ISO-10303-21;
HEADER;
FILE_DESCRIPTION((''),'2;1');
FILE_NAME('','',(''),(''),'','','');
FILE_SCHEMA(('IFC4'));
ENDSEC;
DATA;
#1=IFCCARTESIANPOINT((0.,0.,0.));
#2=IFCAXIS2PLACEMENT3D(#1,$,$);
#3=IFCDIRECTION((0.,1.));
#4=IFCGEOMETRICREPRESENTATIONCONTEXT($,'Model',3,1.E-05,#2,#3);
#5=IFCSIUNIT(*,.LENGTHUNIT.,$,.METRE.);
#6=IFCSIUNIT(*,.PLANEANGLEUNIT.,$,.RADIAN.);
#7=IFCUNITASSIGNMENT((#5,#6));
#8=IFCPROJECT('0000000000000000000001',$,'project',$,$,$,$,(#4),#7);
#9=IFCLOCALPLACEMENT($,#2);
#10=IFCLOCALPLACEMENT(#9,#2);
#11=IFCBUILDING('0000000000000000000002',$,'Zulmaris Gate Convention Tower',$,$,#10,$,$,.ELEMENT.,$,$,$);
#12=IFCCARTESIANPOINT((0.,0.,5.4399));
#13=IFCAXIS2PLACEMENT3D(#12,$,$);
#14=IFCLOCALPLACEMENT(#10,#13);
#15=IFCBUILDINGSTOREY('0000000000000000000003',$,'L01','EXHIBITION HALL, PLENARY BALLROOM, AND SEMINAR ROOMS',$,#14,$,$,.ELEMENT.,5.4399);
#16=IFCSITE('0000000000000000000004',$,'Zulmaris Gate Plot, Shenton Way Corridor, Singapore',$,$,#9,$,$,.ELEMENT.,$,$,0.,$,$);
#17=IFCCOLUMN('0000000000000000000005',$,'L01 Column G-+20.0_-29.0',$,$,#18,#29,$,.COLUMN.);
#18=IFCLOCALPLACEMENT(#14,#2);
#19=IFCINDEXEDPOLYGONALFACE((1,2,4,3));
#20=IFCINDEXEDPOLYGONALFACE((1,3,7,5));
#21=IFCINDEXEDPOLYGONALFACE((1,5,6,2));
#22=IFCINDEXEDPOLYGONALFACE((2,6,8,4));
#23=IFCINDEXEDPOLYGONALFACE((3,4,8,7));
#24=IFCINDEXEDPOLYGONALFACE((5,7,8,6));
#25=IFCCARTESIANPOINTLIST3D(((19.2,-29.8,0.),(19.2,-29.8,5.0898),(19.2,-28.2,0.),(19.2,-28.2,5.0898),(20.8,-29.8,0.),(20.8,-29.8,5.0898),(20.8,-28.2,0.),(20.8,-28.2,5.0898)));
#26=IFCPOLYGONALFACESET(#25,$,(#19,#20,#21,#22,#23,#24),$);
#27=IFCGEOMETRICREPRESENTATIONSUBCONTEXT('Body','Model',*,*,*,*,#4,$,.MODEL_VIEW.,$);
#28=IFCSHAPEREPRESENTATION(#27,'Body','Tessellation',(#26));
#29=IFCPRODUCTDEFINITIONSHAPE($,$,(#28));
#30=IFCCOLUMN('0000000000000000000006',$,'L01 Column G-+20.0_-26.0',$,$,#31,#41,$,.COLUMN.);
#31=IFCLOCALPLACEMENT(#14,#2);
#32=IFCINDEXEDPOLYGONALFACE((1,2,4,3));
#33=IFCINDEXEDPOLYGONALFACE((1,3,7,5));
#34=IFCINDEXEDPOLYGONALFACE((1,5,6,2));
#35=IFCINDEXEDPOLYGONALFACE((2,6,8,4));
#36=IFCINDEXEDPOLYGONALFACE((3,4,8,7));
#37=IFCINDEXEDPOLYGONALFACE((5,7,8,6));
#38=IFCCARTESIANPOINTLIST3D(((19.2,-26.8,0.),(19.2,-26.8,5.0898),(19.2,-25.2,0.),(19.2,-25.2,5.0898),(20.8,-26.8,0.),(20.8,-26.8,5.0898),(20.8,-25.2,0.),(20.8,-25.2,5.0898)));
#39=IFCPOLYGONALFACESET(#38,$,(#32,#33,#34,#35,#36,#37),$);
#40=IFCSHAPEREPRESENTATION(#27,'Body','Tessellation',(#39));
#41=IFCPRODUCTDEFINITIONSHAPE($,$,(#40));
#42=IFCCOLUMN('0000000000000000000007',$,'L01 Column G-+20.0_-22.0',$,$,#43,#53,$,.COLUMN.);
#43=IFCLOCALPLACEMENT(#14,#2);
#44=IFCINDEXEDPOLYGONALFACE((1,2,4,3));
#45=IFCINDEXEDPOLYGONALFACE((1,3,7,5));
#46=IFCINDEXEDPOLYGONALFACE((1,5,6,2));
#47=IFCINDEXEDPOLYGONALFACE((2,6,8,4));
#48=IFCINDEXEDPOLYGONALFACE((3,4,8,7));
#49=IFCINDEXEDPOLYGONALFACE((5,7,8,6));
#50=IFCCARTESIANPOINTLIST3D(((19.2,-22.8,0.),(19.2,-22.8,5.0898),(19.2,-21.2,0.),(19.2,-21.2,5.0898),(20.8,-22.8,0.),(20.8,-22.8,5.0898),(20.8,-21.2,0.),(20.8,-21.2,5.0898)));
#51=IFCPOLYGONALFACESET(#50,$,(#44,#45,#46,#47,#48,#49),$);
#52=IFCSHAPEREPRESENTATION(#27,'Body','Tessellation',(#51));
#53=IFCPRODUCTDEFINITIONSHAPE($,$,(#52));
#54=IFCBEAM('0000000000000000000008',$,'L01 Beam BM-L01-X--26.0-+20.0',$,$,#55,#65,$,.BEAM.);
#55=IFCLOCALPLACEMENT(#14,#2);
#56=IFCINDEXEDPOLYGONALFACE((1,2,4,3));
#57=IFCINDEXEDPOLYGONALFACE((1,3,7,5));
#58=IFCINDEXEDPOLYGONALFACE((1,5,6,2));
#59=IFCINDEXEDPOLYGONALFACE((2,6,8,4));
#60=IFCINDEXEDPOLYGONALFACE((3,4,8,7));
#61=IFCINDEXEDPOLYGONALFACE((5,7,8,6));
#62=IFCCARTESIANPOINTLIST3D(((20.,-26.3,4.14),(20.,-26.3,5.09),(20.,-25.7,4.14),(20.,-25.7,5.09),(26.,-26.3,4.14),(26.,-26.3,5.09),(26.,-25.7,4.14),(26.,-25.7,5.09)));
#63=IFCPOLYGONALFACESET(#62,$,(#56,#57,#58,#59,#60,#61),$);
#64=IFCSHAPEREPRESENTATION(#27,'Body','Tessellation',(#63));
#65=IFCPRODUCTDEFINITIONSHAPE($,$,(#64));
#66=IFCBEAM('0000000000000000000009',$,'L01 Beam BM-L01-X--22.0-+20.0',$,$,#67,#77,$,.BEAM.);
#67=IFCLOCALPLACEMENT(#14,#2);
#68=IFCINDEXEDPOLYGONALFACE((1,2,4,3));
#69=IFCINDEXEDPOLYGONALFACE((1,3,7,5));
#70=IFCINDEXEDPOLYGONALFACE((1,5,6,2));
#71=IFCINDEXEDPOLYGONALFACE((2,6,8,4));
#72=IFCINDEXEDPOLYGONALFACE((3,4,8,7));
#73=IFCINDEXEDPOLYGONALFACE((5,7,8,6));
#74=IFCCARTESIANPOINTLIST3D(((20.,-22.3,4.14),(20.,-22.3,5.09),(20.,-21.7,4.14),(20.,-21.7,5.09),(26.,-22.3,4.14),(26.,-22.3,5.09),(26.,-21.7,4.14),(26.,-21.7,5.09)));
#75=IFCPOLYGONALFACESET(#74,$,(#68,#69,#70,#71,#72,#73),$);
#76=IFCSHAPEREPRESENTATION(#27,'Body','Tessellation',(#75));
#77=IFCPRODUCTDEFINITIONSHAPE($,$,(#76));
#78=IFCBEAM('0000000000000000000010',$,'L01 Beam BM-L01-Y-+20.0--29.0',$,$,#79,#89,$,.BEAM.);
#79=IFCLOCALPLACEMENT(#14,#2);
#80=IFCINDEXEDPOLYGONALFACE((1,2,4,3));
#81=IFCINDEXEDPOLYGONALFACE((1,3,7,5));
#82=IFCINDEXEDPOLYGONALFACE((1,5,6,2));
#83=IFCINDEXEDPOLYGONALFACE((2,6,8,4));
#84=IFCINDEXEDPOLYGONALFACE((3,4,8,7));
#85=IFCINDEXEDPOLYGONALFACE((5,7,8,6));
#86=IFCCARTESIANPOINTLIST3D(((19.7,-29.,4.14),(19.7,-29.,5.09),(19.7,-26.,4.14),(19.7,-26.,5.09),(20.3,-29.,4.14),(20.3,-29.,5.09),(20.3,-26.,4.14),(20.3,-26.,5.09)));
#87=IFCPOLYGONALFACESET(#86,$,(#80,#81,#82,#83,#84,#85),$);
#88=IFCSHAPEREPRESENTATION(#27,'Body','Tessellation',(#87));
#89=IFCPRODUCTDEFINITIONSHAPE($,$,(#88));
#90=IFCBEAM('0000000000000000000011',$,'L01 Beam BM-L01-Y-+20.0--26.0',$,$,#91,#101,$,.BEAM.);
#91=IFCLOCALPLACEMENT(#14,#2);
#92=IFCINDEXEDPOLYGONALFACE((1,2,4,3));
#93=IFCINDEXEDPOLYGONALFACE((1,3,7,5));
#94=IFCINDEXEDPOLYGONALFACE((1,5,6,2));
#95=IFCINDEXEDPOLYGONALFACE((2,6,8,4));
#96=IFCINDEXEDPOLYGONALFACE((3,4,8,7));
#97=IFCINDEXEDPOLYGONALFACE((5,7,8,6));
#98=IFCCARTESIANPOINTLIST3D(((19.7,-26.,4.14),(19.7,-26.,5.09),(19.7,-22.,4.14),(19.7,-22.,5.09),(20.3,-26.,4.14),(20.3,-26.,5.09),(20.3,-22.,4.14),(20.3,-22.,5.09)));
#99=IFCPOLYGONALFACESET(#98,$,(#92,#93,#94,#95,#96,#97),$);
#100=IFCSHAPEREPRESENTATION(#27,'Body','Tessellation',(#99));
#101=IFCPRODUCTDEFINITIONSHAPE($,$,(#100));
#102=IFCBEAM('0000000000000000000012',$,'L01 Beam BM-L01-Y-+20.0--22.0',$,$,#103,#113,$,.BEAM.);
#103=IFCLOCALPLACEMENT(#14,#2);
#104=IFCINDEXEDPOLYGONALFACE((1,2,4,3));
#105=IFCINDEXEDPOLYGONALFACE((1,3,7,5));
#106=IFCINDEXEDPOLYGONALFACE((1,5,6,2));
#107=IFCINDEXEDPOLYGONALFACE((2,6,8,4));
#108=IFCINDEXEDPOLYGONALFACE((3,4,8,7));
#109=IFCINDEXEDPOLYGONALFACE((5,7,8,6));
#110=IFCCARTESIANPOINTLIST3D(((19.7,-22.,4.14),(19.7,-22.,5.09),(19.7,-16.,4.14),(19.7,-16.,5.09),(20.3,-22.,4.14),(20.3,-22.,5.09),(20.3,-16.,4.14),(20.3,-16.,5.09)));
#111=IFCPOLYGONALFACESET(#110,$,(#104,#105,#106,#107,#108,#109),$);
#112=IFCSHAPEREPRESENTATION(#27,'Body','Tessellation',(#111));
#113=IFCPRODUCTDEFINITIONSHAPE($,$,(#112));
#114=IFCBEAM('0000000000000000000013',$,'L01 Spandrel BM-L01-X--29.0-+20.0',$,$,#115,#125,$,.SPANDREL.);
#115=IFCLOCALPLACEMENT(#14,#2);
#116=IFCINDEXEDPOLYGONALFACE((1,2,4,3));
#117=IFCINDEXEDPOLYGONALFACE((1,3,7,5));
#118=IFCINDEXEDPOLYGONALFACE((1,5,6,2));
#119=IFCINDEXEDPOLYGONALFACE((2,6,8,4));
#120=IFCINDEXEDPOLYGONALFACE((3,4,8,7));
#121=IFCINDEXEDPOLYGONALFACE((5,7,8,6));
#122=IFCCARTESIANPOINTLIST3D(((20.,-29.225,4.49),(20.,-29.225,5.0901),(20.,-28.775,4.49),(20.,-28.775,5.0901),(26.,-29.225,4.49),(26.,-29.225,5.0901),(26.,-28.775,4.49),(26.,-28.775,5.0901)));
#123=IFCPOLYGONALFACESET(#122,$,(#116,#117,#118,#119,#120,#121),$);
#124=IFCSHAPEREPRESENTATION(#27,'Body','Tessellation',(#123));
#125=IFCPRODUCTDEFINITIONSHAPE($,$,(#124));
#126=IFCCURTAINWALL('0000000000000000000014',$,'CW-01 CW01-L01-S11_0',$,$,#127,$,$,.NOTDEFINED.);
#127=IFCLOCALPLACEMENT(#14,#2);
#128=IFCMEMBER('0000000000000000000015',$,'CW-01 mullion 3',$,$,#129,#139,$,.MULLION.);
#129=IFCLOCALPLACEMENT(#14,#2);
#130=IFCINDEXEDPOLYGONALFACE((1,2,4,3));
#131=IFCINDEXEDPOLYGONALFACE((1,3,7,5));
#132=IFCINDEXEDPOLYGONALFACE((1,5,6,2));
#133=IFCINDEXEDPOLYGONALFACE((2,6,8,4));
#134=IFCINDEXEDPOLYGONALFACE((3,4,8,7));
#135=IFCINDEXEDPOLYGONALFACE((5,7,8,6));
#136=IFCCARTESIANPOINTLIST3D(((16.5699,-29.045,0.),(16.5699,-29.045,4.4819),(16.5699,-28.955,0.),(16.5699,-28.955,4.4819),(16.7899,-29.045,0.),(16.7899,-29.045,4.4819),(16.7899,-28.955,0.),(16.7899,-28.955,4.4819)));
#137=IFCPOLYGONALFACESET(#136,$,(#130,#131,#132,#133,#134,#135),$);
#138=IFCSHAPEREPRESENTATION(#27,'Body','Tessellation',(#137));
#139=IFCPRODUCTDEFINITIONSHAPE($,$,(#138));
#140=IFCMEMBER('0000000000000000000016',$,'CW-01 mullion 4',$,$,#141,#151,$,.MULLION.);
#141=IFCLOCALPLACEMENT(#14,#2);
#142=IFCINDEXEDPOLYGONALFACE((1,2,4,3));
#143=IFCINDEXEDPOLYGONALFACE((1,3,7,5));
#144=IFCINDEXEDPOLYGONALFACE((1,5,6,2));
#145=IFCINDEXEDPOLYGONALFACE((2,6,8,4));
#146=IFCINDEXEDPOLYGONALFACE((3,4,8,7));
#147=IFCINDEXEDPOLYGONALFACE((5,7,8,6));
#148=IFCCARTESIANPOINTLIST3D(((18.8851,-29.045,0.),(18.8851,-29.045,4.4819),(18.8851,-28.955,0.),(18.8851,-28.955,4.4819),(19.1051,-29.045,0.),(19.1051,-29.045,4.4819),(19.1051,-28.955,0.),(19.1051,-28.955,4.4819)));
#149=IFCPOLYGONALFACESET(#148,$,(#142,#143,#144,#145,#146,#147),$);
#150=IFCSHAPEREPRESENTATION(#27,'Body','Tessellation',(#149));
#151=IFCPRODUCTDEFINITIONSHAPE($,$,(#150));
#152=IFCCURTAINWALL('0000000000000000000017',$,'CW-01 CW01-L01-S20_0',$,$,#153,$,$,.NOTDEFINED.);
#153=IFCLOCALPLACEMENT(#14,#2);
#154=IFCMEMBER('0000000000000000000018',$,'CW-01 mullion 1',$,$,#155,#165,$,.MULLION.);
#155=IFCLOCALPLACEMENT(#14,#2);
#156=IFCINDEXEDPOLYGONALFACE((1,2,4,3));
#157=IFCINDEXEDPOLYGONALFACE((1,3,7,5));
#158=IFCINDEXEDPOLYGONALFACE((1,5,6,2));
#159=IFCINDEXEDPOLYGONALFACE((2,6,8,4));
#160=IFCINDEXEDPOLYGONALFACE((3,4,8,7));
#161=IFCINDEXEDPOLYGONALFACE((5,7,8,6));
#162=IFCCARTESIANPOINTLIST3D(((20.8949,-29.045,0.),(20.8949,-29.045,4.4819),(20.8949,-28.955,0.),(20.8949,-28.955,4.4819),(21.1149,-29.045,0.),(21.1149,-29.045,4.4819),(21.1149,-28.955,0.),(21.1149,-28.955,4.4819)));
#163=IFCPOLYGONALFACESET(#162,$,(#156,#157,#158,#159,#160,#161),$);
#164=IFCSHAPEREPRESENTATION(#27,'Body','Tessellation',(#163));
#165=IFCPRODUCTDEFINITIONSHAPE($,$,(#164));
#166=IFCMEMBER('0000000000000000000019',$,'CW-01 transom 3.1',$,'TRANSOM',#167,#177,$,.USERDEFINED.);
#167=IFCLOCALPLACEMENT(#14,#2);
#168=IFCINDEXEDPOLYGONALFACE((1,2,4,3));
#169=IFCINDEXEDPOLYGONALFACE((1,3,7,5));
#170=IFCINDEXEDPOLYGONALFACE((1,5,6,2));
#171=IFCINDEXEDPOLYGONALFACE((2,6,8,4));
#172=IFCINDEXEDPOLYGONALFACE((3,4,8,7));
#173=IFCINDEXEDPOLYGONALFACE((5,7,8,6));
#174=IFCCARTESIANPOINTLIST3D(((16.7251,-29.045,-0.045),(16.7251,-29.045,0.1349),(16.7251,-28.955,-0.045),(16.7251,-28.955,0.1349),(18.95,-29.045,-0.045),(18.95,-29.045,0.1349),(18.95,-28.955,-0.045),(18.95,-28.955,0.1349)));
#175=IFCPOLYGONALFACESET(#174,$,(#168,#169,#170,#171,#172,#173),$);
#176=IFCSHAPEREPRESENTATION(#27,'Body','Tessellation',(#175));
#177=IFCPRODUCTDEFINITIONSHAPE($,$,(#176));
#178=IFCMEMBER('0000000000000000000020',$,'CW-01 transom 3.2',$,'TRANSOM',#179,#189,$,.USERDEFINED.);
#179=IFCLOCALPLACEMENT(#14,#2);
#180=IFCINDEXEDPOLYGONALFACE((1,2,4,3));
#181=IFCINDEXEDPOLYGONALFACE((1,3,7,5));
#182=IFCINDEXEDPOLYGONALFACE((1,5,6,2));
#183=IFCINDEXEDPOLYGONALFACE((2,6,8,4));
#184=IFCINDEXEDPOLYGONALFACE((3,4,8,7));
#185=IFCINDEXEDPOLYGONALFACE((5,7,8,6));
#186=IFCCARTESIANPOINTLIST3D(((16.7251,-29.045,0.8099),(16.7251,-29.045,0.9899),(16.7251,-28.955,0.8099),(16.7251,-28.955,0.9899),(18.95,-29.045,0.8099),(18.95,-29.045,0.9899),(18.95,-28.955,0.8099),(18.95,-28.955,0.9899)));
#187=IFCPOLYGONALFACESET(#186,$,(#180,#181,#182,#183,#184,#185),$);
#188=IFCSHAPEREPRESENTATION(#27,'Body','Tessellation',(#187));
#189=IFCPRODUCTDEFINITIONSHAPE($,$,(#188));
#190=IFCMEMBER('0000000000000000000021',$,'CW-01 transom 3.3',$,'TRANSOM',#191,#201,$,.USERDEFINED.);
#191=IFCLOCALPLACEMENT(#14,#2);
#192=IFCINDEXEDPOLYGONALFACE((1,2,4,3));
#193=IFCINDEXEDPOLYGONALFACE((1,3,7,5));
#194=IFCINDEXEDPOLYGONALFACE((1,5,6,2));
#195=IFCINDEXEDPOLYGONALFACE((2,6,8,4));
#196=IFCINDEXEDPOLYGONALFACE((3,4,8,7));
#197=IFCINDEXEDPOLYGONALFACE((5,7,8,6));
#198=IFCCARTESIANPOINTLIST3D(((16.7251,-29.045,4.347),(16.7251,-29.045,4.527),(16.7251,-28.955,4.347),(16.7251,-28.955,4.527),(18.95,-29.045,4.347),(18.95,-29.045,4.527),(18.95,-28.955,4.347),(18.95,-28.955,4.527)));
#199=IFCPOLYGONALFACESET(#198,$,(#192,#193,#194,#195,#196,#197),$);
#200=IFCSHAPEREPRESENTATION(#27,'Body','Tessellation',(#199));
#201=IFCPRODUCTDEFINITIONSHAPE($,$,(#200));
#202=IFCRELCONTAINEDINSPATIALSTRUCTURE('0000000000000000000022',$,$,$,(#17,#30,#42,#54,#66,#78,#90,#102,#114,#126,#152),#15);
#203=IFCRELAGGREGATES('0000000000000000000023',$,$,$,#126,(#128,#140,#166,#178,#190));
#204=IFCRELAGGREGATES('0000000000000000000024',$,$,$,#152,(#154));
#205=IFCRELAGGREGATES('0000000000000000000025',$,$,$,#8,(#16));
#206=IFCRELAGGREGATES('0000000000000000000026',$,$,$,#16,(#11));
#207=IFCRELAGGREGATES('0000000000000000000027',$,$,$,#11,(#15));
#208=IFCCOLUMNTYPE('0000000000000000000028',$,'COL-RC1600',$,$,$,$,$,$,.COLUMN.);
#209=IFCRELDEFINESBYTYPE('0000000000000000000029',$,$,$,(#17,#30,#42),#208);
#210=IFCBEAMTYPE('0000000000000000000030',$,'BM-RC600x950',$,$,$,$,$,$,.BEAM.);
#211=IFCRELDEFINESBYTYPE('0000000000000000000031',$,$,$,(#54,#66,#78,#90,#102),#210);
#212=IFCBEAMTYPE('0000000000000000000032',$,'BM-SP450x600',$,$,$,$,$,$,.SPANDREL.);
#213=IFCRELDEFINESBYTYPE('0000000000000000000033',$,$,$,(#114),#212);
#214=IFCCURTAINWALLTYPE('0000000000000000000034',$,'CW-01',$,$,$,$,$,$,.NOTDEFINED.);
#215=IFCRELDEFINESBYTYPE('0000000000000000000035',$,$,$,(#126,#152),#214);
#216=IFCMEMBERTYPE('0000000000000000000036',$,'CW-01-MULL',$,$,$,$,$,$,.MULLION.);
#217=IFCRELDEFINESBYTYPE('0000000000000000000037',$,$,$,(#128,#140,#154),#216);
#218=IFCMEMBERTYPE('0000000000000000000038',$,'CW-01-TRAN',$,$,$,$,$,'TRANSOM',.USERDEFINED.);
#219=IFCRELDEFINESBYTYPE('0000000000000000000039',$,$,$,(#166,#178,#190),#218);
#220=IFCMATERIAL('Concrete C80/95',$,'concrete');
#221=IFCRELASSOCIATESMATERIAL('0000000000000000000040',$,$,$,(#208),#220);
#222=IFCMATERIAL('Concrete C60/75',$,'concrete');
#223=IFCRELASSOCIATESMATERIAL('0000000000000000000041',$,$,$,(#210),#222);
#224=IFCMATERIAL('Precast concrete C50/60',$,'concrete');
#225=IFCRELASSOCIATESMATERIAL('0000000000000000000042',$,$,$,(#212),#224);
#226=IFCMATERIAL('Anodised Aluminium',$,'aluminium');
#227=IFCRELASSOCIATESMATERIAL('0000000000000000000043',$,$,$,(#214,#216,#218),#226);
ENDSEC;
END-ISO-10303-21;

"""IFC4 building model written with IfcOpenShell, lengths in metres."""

from ifc_helpers import new_model, si_unit, direction, frame, origin, origin_2d, place, context, subcontext, project, spatial, rectangle, extrude, material, material_profile, profile_set, type_object, element, aggregate, save


model = new_model("IFC4")

# Units and contexts
model_context = context("Model", 3, precision=1e-05, world=origin(), true_north=direction((0.0, 1.0)))
body_context = subcontext(model_context, "Body", "Model", "MODEL_VIEW")
ifc_project = project(units=[si_unit("LENGTHUNIT", "METRE"), si_unit("PLANEANGLEUNIT", "RADIAN")], contexts=[model_context])

# Site, building, storey
site_placement = place(None, origin())
site = spatial("IfcSite", under=ifc_project, at=site_placement, Name="Zulmaris Gate Plot, Shenton Way Corridor, Singapore", CompositionType="ELEMENT", RefElevation=0.0)
building_placement = place(site_placement, origin())
building = spatial("IfcBuilding", under=site, at=building_placement, Name="Zulmaris Gate Convention Tower", CompositionType="ELEMENT")
storey_placement = place(building_placement, frame((0.0, 0.0, 5.4399)))
storey = spatial("IfcBuildingStorey", under=building, at=storey_placement, Name="L01", Description="EXHIBITION HALL, PLENARY BALLROOM, AND SEMINAR ROOMS", CompositionType="ELEMENT", Elevation=5.4399)

# Columns
ifc_material_1 = material(Name="Concrete C80/95", Category="concrete")
ifc_material_profile_1 = material_profile(ifc_material_1, rectangle(XDim=1.6001, YDim=1.6001, at=origin_2d()), Name="RC COL 1600x1600")
ifc_profile_set_1 = profile_set([ifc_material_profile_1], Name="Concrete C80/95")
column_type = type_object("IfcColumnType", Name="COL-RC1600", PredefinedType="COLUMN", material=ifc_profile_set_1)
for number, where, z_axis, x_axis, name in (
    (1, (20.0, -29.0, 0.0), (0.0, 0.0, 1.0), (1.0, 0.0, 0.0), "L01 Column G-+20.0_-29.0"),
    (2, (20.0, -26.0, 0.0), (0.0, 0.0, 1.0), (1.0, 0.0, 0.0), "L01 Column G-+20.0_-26.0"),
    (3, (20.0, -22.0, 0.0), (0.0, 0.0, 1.0), (1.0, 0.0, 0.0), "L01 Column G-+20.0_-22.0"),
):
    element("IfcColumn", number, at=place(storey_placement, frame(where, z_axis=z_axis, x_axis=x_axis)), inside=storey, type_object=column_type, Name=name, PredefinedType="COLUMN", context=body_context, shape_type="SweptSolid", body=[
        extrude(rectangle(XDim=1.6001, YDim=1.6001, at=origin_2d()), origin(), (0.0, 0.0, 1.0), 5.0898),
    ])

# Beams
ifc_material_2 = material(Name="Concrete C60/75", Category="concrete")
ifc_material_profile_2 = material_profile(ifc_material_2, rectangle(XDim=0.6001, YDim=0.95, at=origin_2d()), Name="RC BEAM 600x950")
ifc_profile_set_2 = profile_set([ifc_material_profile_2], Name="Concrete C60/75")
beam_type_1 = type_object("IfcBeamType", Name="BM-RC600x950", PredefinedType="BEAM", material=ifc_profile_set_2)
for number, where, z_axis, x_axis, name in (
    (4, (20.0, -26.0, 4.615), (1.0, 0.0, 0.0), (0.0, 1.0, 0.0), "L01 Beam BM-L01-X--26.0-+20.0"),
    (5, (20.0, -22.0, 4.615), (1.0, 0.0, 0.0), (0.0, 1.0, 0.0), "L01 Beam BM-L01-X--22.0-+20.0"),
):
    element("IfcBeam", number, at=place(storey_placement, frame(where, z_axis=z_axis, x_axis=x_axis)), inside=storey, type_object=beam_type_1, Name=name, PredefinedType="BEAM", context=body_context, shape_type="SweptSolid", body=[
        extrude(rectangle(XDim=0.6001, YDim=0.95, at=origin_2d()), origin(), (0.0, 0.0, 1.0), 6.0),
    ])
beam_1_placement = place(storey_placement, frame((20.0, -29.0, 4.615), z_axis=(0.0, 1.0, 0.0), x_axis=(-1.0, 0.0, 0.0)))
element("IfcBeam", 6, at=beam_1_placement, inside=storey, type_object=beam_type_1, Name="L01 Beam BM-L01-Y-+20.0--29.0", PredefinedType="BEAM", context=body_context, shape_type="SweptSolid", body=[
    extrude(rectangle(XDim=0.6001, YDim=0.95, at=origin_2d()), origin(), (0.0, 0.0, 1.0), 3.0),
])
beam_2_placement = place(storey_placement, frame((20.0, -26.0, 4.615), z_axis=(0.0, 1.0, 0.0), x_axis=(-1.0, 0.0, 0.0)))
element("IfcBeam", 7, at=beam_2_placement, inside=storey, type_object=beam_type_1, Name="L01 Beam BM-L01-Y-+20.0--26.0", PredefinedType="BEAM", context=body_context, shape_type="SweptSolid", body=[
    extrude(rectangle(XDim=0.6001, YDim=0.95, at=origin_2d()), origin(), (0.0, 0.0, 1.0), 4.0),
])
beam_3_placement = place(storey_placement, frame((20.0, -22.0, 4.615), z_axis=(0.0, 1.0, 0.0), x_axis=(-1.0, 0.0, 0.0)))
element("IfcBeam", 8, at=beam_3_placement, inside=storey, type_object=beam_type_1, Name="L01 Beam BM-L01-Y-+20.0--22.0", PredefinedType="BEAM", context=body_context, shape_type="SweptSolid", body=[
    extrude(rectangle(XDim=0.6001, YDim=0.95, at=origin_2d()), origin(), (0.0, 0.0, 1.0), 6.0),
])
ifc_material_3 = material(Name="Precast concrete C50/60", Category="concrete")
ifc_material_profile_3 = material_profile(ifc_material_3, rectangle(XDim=0.45, YDim=0.6001, at=origin_2d()), Name="RC SPANDREL 450x600")
ifc_profile_set_3 = profile_set([ifc_material_profile_3], Name="Precast concrete C50/60")
beam_type_2 = type_object("IfcBeamType", Name="BM-SP450x600", PredefinedType="SPANDREL", material=ifc_profile_set_3)
beam_4_placement = place(storey_placement, frame((20.0, -29.0, 4.79), z_axis=(1.0, 0.0, 0.0), x_axis=(0.0, 1.0, 0.0)))
element("IfcBeam", 9, at=beam_4_placement, inside=storey, type_object=beam_type_2, Name="L01 Spandrel BM-L01-X--29.0-+20.0", PredefinedType="SPANDREL", context=body_context, shape_type="SweptSolid", body=[
    extrude(rectangle(XDim=0.45, YDim=0.6001, at=origin_2d()), origin(), (0.0, 0.0, 1.0), 6.0),
])

# Curtain wall, members
ifc_material_4 = material(Name="Anodised Aluminium", Category="aluminium")
curtain_wall_type = type_object("IfcCurtainWallType", Name="CW-01", PredefinedType="NOTDEFINED", material=ifc_material_4)
curtain_wall_1_placement = place(storey_placement, origin())
curtain_wall_1 = element("IfcCurtainWall", 10, at=curtain_wall_1_placement, inside=storey, type_object=curtain_wall_type, Name="CW-01 CW01-L01-S11_0", PredefinedType="NOTDEFINED")
ifc_material_profile_4 = material_profile(ifc_material_4, rectangle(XDim=0.0901, YDim=0.22, at=origin_2d()), Name="ALU MULLION 90x220")
ifc_profile_set_4 = profile_set([ifc_material_profile_4], Name="Anodised Aluminium")
member_type_1 = type_object("IfcMemberType", Name="CW-01-MULL", PredefinedType="MULLION", material=ifc_profile_set_4)
member_1_placement = place(storey_placement, frame((16.6799, -29.0, 0.0), z_axis=(0.0, 0.0, 1.0), x_axis=(0.0, 1.0, 0.0)))
member_1 = element("IfcMember", 11, at=member_1_placement, type_object=member_type_1, Name="CW-01 mullion 3", PredefinedType="MULLION", context=body_context, shape_type="SweptSolid", body=[
    extrude(rectangle(XDim=0.0901, YDim=0.22, at=origin_2d()), origin(), (0.0, 0.0, 1.0), 4.4819),
])
member_2_placement = place(storey_placement, frame((18.9951, -29.0, 0.0), z_axis=(0.0, 0.0, 1.0), x_axis=(0.0, 1.0, 0.0)))
member_2 = element("IfcMember", 12, at=member_2_placement, type_object=member_type_1, Name="CW-01 mullion 4", PredefinedType="MULLION", context=body_context, shape_type="SweptSolid", body=[
    extrude(rectangle(XDim=0.0901, YDim=0.22, at=origin_2d()), origin(), (0.0, 0.0, 1.0), 4.4819),
])

# Curtain wall, member
curtain_wall_2_placement = place(storey_placement, origin())
curtain_wall_2 = element("IfcCurtainWall", 13, at=curtain_wall_2_placement, inside=storey, type_object=curtain_wall_type, Name="CW-01 CW01-L01-S20_0", PredefinedType="NOTDEFINED")
member_3_placement = place(storey_placement, frame((21.0049, -29.0, 0.0), z_axis=(0.0, 0.0, 1.0), x_axis=(0.0, 1.0, 0.0)))
member_3 = element("IfcMember", 14, at=member_3_placement, type_object=member_type_1, Name="CW-01 mullion 1", PredefinedType="MULLION", context=body_context, shape_type="SweptSolid", body=[
    extrude(rectangle(XDim=0.0901, YDim=0.22, at=origin_2d()), origin(), (0.0, 0.0, 1.0), 4.4819),
])

# Members
ifc_material_profile_5 = material_profile(ifc_material_4, rectangle(XDim=0.0901, YDim=0.1799, at=origin_2d()), Name="ALU TRANSOM 90x180")
ifc_profile_set_5 = profile_set([ifc_material_profile_5], Name="Anodised Aluminium")
member_type_2 = type_object("IfcMemberType", Name="CW-01-TRAN", ElementType="TRANSOM", PredefinedType="USERDEFINED", material=ifc_profile_set_5)
member_4_placement = place(storey_placement, frame((16.7251, -29.0, 0.0449), z_axis=(1.0, 0.0, 0.0), x_axis=(0.0, 1.0, 0.0)))
member_4 = element("IfcMember", 15, at=member_4_placement, type_object=member_type_2, Name="CW-01 transom 3.1", ObjectType="TRANSOM", PredefinedType="USERDEFINED", context=body_context, shape_type="SweptSolid", body=[
    extrude(rectangle(XDim=0.0901, YDim=0.1799, at=origin_2d()), origin(), (0.0, 0.0, 1.0), 2.2249),
])
member_5_placement = place(storey_placement, frame((16.7251, -29.0, 0.8999), z_axis=(1.0, 0.0, 0.0), x_axis=(0.0, 1.0, 0.0)))
member_5 = element("IfcMember", 16, at=member_5_placement, type_object=member_type_2, Name="CW-01 transom 3.2", ObjectType="TRANSOM", PredefinedType="USERDEFINED", context=body_context, shape_type="SweptSolid", body=[
    extrude(rectangle(XDim=0.0901, YDim=0.1799, at=origin_2d()), origin(), (0.0, 0.0, 1.0), 2.2249),
])
member_6_placement = place(storey_placement, frame((16.7251, -29.0, 4.437), z_axis=(1.0, 0.0, 0.0), x_axis=(0.0, 1.0, 0.0)))
member_6 = element("IfcMember", 17, at=member_6_placement, type_object=member_type_2, Name="CW-01 transom 3.3", ObjectType="TRANSOM", PredefinedType="USERDEFINED", context=body_context, shape_type="SweptSolid", body=[
    extrude(rectangle(XDim=0.0901, YDim=0.1799, at=origin_2d()), origin(), (0.0, 0.0, 1.0), 2.2249),
])

aggregate(curtain_wall_1, [member_1, member_2, member_4, member_5, member_6])
aggregate(curtain_wall_2, [member_3])

save(model, "model.ifc")
